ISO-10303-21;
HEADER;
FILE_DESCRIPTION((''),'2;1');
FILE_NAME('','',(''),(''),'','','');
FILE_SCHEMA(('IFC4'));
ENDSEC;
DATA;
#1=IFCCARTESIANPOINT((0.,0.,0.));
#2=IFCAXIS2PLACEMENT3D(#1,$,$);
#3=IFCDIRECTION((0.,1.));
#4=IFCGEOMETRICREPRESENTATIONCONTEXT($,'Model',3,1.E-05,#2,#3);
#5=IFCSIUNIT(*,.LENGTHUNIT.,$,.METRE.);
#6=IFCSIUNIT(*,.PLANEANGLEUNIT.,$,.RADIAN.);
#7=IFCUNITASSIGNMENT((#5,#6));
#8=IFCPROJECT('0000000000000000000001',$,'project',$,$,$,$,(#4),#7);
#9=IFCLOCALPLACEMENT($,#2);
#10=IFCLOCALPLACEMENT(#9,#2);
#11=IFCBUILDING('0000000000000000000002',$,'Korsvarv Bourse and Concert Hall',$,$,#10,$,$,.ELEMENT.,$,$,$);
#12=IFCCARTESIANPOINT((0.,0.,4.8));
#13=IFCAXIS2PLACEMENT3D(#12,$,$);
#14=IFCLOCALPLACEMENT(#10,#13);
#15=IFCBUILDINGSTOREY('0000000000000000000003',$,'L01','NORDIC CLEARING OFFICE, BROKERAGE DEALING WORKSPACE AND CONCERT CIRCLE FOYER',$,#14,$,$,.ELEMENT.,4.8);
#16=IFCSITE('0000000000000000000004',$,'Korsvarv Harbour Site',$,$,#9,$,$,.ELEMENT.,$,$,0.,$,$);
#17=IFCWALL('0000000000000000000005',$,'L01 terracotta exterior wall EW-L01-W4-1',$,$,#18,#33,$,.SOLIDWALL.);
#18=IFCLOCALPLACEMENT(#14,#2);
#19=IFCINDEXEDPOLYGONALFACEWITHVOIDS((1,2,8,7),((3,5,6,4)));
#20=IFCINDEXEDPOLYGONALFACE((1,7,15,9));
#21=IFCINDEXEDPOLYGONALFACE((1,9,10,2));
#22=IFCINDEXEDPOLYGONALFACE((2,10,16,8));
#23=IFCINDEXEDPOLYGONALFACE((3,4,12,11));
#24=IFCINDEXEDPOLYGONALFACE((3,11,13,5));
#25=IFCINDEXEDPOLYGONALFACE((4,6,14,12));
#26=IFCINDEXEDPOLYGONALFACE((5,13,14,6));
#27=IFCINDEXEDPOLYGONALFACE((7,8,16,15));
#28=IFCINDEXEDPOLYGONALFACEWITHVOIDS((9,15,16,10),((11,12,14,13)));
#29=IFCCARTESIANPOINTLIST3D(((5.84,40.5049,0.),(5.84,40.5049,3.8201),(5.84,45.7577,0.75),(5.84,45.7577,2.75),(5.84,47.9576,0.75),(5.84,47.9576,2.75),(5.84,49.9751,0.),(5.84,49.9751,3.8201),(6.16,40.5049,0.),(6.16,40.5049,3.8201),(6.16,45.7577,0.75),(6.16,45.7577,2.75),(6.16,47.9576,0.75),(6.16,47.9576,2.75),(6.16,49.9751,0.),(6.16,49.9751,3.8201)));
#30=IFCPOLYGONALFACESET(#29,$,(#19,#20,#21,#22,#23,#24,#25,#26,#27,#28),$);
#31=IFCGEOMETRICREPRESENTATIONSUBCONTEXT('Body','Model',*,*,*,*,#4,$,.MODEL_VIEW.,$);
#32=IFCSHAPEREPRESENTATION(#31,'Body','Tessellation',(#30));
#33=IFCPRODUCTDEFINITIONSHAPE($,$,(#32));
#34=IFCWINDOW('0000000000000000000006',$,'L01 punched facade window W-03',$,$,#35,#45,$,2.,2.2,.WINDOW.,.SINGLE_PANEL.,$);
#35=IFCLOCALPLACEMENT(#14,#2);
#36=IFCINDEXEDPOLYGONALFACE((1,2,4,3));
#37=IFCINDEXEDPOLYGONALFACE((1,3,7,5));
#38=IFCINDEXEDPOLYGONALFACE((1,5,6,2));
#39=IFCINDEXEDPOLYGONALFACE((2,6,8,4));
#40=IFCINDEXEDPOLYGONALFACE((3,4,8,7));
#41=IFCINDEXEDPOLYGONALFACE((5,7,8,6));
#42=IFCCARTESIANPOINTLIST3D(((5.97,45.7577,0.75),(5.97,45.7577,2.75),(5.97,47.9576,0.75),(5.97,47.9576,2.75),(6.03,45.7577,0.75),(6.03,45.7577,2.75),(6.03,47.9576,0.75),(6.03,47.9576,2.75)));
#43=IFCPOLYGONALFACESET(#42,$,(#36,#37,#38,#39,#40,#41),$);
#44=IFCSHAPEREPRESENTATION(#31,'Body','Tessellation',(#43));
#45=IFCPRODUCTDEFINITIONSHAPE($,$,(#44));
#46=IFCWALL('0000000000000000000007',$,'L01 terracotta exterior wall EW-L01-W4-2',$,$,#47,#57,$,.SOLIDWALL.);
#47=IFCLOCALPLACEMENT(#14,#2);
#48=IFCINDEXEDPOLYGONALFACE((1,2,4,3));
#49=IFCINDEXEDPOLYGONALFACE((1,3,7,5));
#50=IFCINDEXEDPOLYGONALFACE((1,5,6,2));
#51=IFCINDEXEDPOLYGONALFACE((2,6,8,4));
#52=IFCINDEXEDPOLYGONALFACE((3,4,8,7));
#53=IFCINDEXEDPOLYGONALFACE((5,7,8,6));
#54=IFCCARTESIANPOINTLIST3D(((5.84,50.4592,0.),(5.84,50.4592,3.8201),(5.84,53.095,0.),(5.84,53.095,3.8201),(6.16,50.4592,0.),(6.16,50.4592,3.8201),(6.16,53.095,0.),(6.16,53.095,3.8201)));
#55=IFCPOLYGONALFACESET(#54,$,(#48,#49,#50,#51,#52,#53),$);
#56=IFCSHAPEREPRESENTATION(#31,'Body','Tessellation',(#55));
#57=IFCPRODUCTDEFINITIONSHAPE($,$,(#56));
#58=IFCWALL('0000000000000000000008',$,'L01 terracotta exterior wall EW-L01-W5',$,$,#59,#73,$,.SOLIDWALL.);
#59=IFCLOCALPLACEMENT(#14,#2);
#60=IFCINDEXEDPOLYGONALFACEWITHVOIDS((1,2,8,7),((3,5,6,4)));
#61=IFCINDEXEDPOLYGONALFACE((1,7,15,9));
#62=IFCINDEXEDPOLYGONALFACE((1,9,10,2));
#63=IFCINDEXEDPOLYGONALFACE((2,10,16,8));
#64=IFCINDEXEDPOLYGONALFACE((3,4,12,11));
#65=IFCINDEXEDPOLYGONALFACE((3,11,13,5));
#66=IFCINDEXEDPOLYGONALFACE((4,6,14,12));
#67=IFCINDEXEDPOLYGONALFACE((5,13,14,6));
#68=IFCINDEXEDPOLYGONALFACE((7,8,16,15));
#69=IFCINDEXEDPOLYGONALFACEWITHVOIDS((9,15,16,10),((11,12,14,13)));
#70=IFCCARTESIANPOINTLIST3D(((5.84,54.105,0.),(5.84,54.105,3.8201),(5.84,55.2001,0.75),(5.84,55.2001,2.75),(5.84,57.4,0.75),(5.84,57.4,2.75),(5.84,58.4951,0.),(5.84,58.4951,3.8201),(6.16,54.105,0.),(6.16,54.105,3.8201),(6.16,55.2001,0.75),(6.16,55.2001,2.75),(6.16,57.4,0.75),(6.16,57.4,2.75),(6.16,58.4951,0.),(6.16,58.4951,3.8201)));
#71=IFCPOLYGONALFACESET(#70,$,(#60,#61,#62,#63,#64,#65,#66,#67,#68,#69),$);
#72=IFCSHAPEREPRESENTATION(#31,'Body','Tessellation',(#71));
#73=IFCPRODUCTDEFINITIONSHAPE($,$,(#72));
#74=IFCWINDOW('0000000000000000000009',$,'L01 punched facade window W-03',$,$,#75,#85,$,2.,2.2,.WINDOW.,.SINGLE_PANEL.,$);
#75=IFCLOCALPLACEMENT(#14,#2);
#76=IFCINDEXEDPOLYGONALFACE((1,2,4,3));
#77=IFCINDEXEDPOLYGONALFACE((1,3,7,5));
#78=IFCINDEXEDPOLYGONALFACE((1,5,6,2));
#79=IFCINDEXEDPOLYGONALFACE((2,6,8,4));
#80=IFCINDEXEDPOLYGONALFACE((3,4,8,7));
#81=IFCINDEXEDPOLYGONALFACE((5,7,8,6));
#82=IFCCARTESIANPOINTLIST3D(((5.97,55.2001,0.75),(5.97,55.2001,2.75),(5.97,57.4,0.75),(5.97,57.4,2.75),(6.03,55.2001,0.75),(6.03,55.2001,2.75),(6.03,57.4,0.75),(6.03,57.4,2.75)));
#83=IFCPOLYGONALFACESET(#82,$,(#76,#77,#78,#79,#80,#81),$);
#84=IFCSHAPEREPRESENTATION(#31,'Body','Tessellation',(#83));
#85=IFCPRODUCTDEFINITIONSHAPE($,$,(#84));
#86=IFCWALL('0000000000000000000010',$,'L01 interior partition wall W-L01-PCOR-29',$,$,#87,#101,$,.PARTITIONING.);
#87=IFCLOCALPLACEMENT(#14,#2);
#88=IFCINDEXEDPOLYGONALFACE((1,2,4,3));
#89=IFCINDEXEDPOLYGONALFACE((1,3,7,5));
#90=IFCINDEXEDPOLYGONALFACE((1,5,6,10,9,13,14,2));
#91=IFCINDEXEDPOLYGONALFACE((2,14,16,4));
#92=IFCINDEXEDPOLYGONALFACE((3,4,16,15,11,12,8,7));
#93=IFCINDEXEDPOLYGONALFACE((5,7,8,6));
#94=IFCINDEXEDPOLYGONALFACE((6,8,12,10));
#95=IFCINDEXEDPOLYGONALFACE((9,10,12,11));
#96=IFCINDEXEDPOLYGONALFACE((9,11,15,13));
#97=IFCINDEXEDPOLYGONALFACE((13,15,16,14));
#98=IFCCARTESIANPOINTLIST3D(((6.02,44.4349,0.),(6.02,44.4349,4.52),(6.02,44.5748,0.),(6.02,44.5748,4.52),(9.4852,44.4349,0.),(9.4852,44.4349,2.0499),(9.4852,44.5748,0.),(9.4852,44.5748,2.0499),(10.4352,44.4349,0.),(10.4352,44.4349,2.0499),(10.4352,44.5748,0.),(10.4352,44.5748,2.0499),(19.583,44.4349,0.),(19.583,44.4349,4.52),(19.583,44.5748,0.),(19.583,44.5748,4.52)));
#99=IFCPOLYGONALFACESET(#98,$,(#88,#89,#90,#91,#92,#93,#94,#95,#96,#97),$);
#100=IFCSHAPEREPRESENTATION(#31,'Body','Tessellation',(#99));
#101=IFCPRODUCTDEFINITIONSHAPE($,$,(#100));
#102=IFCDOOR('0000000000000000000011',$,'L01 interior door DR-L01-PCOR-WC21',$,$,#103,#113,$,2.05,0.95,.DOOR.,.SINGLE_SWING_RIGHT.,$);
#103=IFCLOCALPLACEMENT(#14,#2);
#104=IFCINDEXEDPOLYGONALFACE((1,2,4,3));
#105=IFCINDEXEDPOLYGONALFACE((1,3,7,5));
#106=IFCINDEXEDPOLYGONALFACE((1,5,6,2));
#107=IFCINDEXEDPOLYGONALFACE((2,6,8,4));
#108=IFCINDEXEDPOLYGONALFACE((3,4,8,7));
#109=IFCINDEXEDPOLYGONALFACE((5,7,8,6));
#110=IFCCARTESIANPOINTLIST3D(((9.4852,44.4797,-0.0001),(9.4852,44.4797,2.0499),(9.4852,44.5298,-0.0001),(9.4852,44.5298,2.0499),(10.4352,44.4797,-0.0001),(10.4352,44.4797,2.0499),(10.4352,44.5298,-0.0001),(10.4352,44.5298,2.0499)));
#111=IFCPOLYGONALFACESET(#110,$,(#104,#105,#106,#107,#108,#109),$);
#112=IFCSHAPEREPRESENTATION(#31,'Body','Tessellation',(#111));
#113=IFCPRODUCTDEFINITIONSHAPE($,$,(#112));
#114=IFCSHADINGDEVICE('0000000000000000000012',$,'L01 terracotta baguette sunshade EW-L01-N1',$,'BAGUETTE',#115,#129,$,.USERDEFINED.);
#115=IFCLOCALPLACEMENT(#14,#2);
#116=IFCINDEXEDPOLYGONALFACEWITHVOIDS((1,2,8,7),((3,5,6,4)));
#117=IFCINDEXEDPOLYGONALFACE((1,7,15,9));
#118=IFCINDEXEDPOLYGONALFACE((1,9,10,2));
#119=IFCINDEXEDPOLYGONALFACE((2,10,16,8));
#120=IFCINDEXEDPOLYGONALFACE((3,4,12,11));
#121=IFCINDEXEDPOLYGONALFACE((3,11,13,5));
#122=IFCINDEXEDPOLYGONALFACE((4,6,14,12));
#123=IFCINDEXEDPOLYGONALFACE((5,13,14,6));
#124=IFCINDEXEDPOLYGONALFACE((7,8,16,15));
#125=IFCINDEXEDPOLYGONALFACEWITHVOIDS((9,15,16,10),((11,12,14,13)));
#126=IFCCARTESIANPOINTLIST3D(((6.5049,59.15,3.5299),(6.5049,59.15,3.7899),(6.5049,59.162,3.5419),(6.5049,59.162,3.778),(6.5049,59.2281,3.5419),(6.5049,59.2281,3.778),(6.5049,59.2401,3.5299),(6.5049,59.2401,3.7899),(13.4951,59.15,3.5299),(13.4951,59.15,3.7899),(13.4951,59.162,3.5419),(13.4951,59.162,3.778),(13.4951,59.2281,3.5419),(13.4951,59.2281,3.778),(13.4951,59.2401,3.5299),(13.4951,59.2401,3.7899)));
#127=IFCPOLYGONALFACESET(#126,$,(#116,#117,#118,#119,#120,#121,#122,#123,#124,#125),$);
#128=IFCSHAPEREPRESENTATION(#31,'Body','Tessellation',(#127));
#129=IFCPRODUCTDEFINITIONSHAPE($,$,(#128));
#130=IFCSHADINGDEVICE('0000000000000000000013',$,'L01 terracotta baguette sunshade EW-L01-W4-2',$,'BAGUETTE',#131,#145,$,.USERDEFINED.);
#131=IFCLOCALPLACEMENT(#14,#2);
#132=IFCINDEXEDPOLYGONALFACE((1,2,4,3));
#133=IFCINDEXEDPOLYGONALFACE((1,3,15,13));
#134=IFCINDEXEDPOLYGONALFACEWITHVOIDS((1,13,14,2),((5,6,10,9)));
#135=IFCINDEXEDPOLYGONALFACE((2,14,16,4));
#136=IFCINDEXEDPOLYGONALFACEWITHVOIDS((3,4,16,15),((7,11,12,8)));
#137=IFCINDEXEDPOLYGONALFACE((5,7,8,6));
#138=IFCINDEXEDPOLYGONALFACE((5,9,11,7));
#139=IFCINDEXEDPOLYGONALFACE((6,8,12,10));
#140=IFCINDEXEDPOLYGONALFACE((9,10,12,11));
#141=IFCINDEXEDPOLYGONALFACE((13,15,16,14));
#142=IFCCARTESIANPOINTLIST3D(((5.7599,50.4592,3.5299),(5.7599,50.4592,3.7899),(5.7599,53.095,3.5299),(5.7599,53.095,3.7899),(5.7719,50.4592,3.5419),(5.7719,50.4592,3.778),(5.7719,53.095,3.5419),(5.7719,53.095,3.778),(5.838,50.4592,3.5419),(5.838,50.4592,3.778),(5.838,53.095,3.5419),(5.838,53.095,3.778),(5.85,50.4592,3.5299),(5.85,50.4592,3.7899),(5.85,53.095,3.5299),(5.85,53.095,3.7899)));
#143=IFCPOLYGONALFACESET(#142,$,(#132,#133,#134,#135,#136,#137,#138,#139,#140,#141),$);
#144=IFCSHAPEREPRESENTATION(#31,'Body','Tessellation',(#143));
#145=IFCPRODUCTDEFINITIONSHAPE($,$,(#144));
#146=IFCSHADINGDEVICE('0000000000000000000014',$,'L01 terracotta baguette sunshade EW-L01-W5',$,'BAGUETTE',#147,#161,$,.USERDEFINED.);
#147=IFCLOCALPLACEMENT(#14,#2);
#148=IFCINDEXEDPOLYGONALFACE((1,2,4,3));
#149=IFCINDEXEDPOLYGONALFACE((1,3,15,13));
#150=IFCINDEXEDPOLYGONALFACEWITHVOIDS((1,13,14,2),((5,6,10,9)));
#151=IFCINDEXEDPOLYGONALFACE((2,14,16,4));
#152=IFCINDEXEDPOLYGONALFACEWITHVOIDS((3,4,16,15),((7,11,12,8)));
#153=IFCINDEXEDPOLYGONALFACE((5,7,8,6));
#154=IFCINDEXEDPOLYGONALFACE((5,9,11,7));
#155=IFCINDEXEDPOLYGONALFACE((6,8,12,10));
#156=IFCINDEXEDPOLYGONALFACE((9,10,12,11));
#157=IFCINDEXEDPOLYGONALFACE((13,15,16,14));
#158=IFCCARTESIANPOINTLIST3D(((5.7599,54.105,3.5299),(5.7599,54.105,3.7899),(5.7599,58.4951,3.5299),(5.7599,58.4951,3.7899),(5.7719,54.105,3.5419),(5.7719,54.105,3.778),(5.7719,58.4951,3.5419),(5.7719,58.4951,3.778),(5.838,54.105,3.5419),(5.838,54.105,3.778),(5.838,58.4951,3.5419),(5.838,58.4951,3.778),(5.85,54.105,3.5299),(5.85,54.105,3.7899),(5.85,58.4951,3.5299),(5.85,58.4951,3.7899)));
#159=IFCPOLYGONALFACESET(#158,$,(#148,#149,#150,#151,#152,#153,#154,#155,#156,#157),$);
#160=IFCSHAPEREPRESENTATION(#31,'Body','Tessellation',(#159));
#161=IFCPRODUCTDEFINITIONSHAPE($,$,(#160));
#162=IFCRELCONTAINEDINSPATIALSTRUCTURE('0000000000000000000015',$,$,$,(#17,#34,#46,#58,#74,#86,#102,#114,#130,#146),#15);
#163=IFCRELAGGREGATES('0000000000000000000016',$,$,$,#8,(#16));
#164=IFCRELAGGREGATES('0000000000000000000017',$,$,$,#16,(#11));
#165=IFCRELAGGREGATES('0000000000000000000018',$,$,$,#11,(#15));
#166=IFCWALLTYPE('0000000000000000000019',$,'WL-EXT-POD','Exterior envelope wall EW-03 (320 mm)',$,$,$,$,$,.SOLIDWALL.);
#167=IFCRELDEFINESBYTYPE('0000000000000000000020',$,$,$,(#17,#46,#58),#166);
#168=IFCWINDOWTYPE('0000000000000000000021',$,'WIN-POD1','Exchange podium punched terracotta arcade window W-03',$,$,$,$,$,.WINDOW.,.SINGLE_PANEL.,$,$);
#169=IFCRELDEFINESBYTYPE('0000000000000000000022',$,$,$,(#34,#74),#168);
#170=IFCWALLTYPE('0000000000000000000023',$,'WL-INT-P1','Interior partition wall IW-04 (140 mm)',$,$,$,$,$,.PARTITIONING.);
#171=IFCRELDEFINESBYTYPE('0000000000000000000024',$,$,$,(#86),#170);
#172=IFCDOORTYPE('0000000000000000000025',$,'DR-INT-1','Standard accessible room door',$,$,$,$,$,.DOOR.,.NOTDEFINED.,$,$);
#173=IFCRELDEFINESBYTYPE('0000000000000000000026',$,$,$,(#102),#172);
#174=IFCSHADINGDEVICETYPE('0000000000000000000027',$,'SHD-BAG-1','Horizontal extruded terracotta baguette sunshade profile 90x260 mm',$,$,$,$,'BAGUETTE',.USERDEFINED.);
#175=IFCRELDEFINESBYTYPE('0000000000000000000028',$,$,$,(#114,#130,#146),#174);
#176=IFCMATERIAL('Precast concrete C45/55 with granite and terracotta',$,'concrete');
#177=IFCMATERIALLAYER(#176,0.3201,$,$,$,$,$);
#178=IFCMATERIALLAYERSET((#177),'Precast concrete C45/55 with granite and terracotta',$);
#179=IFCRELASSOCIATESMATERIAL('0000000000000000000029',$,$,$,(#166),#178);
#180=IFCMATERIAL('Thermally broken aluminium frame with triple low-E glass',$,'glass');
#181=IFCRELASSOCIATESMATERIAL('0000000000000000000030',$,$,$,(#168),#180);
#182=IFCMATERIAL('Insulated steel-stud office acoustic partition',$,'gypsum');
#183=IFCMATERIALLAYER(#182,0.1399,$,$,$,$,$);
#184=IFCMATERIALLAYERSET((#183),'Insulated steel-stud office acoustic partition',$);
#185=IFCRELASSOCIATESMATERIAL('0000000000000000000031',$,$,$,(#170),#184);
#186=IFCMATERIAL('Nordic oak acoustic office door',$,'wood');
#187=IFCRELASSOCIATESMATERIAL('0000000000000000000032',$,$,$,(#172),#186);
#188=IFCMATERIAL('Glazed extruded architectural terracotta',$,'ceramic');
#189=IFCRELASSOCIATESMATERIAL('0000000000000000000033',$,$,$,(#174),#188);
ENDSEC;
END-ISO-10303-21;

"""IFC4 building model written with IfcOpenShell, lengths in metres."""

from ifc_helpers import new_model, si_unit, direction, frame, frame_2d, origin, origin_2d, place, context, subcontext, project, spatial, rectangle, hollow_rectangle, extrude, source, transform, mapped, material, layer, layer_set, material_profile, profile_set, type_object, element, fill, save


model = new_model("IFC4")

# Units and contexts
model_context = context("Model", 3, precision=1e-05, world=origin(), true_north=direction((0.0, 1.0)))
body_context = subcontext(model_context, "Body", "Model", "MODEL_VIEW")
ifc_project = project(units=[si_unit("LENGTHUNIT", "METRE"), si_unit("PLANEANGLEUNIT", "RADIAN")], contexts=[model_context])

# Site, building, storey
site_placement = place(None, origin())
site = spatial("IfcSite", under=ifc_project, at=site_placement, Name="Korsvarv Harbour Site", CompositionType="ELEMENT", RefElevation=0.0)
building_placement = place(site_placement, origin())
building = spatial("IfcBuilding", under=site, at=building_placement, Name="Korsvarv Bourse and Concert Hall", CompositionType="ELEMENT")
storey_placement = place(building_placement, frame((0.0, 0.0, 4.8)))
storey = spatial("IfcBuildingStorey", under=building, at=storey_placement, Name="L01", Description="NORDIC CLEARING OFFICE, BROKERAGE DEALING WORKSPACE AND CONCERT CIRCLE FOYER", CompositionType="ELEMENT", Elevation=4.8)

# Wall, opening, window
ifc_material_1 = material(Name="Precast concrete C45/55 with granite and terracotta", Category="concrete")
ifc_layer_1 = layer(ifc_material_1, 0.3201)
ifc_layer_set_1 = layer_set([ifc_layer_1], Name="Precast concrete C45/55 with granite and terracotta")
wall_type_1 = type_object("IfcWallType", Name="WL-EXT-POD", Description="Exterior envelope wall EW-03 (320 mm)", PredefinedType="SOLIDWALL", material=ifc_layer_set_1)
ifc_material_2 = material(Name="Thermally broken aluminium frame with triple low-E glass", Category="glass")
window_type = type_object("IfcWindowType", Name="WIN-POD1", Description="Exchange podium punched terracotta arcade window W-03", PartitioningType="SINGLE_PANEL", PredefinedType="WINDOW", material=ifc_material_2)
wall_1_placement = place(storey_placement, frame((6.0, 40.5049, 0.0), z_axis=(0.0, 0.0, 1.0), x_axis=(0.0, 1.0, 0.0)))
wall_1 = element("IfcWall", 1, at=wall_1_placement, inside=storey, type_object=wall_type_1, Name="L01 terracotta exterior wall EW-L01-W4-1", PredefinedType="SOLIDWALL", context=body_context, shape_type="SweptSolid", body=[
    extrude(rectangle(XDim=9.4702, YDim=0.3201, at=frame_2d((4.7351, 0.0))), origin(), (0.0, 0.0, 1.0), 3.8201),
])
opening_1_placement = place(wall_1_placement, frame((5.2527, 0.0, 0.75)))
opening_1 = element("IfcOpeningElement", 2, at=opening_1_placement, cuts=wall_1, PredefinedType="OPENING", context=body_context, shape_type="SweptSolid", body=[
    extrude(rectangle(XDim=2.2, YDim=2.0, at=frame_2d((1.1001, 1.0))), frame((0.0, 0.1699, 0.0), z_axis=(0.0, -1.0, 0.0), x_axis=(1.0, 0.0, 0.0)), (0.0, 0.0, 1.0), 0.3401),
])
window_1_placement = place(opening_1_placement, origin())
window_1 = element("IfcWindow", 3, at=window_1_placement, inside=storey, type_object=window_type, Name="L01 punched facade window W-03", OverallHeight=2.0, OverallWidth=2.2, PartitioningType="SINGLE_PANEL", PredefinedType="WINDOW", context=body_context, shape_type="SweptSolid", body=[
    extrude(rectangle(XDim=2.2, YDim=2.0, at=frame_2d((1.1001, 1.0))), frame((0.0, 0.03, 0.0), z_axis=(0.0, -1.0, 0.0), x_axis=(1.0, 0.0, 0.0)), (0.0, 0.0, 1.0), 0.0601),
])
fill(opening_1, window_1)

# Wall
wall_2_placement = place(storey_placement, frame((6.0, 50.4592, 0.0), z_axis=(0.0, 0.0, 1.0), x_axis=(0.0, 1.0, 0.0)))
element("IfcWall", 4, at=wall_2_placement, inside=storey, type_object=wall_type_1, Name="L01 terracotta exterior wall EW-L01-W4-2", PredefinedType="SOLIDWALL", context=body_context, shape_type="SweptSolid", body=[
    extrude(rectangle(XDim=2.6357, YDim=0.3201, at=frame_2d((1.3179, 0.0))), origin(), (0.0, 0.0, 1.0), 3.8201),
])

# Wall, opening, window
wall_3_placement = place(storey_placement, frame((6.0, 54.105, 0.0), z_axis=(0.0, 0.0, 1.0), x_axis=(0.0, 1.0, 0.0)))
wall_3 = element("IfcWall", 5, at=wall_3_placement, inside=storey, type_object=wall_type_1, Name="L01 terracotta exterior wall EW-L01-W5", PredefinedType="SOLIDWALL", context=body_context, shape_type="SweptSolid", body=[
    extrude(rectangle(XDim=4.3901, YDim=0.3201, at=frame_2d((2.1951, 0.0))), origin(), (0.0, 0.0, 1.0), 3.8201),
])
opening_2_placement = place(wall_3_placement, frame((1.095, 0.0, 0.75)))
opening_2 = element("IfcOpeningElement", 6, at=opening_2_placement, cuts=wall_3, PredefinedType="OPENING", context=body_context, shape_type="SweptSolid", body=[
    extrude(rectangle(XDim=2.2, YDim=2.0, at=frame_2d((1.1001, 1.0))), frame((0.0, 0.1699, 0.0), z_axis=(0.0, -1.0, 0.0), x_axis=(1.0, 0.0, 0.0)), (0.0, 0.0, 1.0), 0.3401),
])
window_2_placement = place(opening_2_placement, origin())
window_2 = element("IfcWindow", 7, at=window_2_placement, inside=storey, type_object=window_type, Name="L01 punched facade window W-03", OverallHeight=2.0, OverallWidth=2.2, PartitioningType="SINGLE_PANEL", PredefinedType="WINDOW", context=body_context, shape_type="SweptSolid", body=[
    extrude(rectangle(XDim=2.2, YDim=2.0, at=frame_2d((1.1001, 1.0))), frame((0.0, 0.03, 0.0), z_axis=(0.0, -1.0, 0.0), x_axis=(1.0, 0.0, 0.0)), (0.0, 0.0, 1.0), 0.0601),
])
fill(opening_2, window_2)

# Wall, opening, door
ifc_material_3 = material(Name="Insulated steel-stud office acoustic partition", Category="gypsum")
ifc_layer_2 = layer(ifc_material_3, 0.1399)
ifc_layer_set_2 = layer_set([ifc_layer_2], Name="Insulated steel-stud office acoustic partition")
wall_type_2 = type_object("IfcWallType", Name="WL-INT-P1", Description="Interior partition wall IW-04 (140 mm)", PredefinedType="PARTITIONING", material=ifc_layer_set_2)
wall_4_placement = place(storey_placement, frame((6.02, 44.5049, 0.0), z_axis=(0.0, 0.0, 1.0), x_axis=(1.0, 0.0, 0.0)))
wall_4 = element("IfcWall", 8, at=wall_4_placement, inside=storey, type_object=wall_type_2, Name="L01 interior partition wall W-L01-PCOR-29", PredefinedType="PARTITIONING", context=body_context, shape_type="SweptSolid", body=[
    extrude(rectangle(XDim=13.563, YDim=0.1399, at=frame_2d((6.7815, 0.0))), origin(), (0.0, 0.0, 1.0), 4.52),
])
opening_3_placement = place(wall_4_placement, frame((3.4651, 0.0, 0.0)))
opening_3 = element("IfcOpeningElement", 9, at=opening_3_placement, cuts=wall_4, PredefinedType="OPENING", context=body_context, shape_type="SweptSolid", body=[
    extrude(rectangle(XDim=0.95, YDim=2.05, at=frame_2d((0.4751, 1.0249))), frame((0.0, 0.0801, 0.0), z_axis=(0.0, -1.0, 0.0), x_axis=(1.0, 0.0, 0.0)), (0.0, 0.0, 1.0), 0.1599),
])
ifc_material_4 = material(Name="Nordic oak acoustic office door", Category="wood")
door_type = type_object("IfcDoorType", Name="DR-INT-1", Description="Standard accessible room door", OperationType="NOTDEFINED", PredefinedType="DOOR", material=ifc_material_4)
door_placement = place(opening_3_placement, origin())
door = element("IfcDoor", 10, at=door_placement, inside=storey, type_object=door_type, Name="L01 interior door DR-L01-PCOR-WC21", OperationType="SINGLE_SWING_RIGHT", OverallHeight=2.05, OverallWidth=0.95, PredefinedType="DOOR", context=body_context, shape_type="SweptSolid", body=[
    extrude(rectangle(XDim=0.95, YDim=2.05, at=frame_2d((0.4751, 1.0249))), frame((0.0, 0.0249, 0.0), z_axis=(0.0, -1.0, 0.0), x_axis=(1.0, 0.0, 0.0)), (0.0, 0.0, 1.0), 0.05),
])
fill(opening_3, door)

# Shading devices
ifc_material_5 = material(Name="Glazed extruded architectural terracotta", Category="ceramic")
ifc_material_profile_1 = material_profile(ifc_material_5, hollow_rectangle(XDim=0.0901, YDim=0.26, WallThickness=0.012, at=origin_2d()), Name="TC-BAG 90x260")
ifc_profile_set_1 = profile_set([ifc_material_profile_1], Name="Glazed extruded architectural terracotta")
shading_device_type = type_object("IfcShadingDeviceType", Name="SHD-BAG-1", Description="Horizontal extruded terracotta baguette sunshade profile 90x260 mm", ElementType="BAGUETTE", PredefinedType="USERDEFINED", material=ifc_profile_set_1)
shared_shape_1 = source(origin(), body_context, "Body", "SweptSolid", [
    extrude(hollow_rectangle(XDim=0.0901, YDim=0.26, WallThickness=0.012, at=origin_2d()), origin(), (0.0, 0.0, 1.0), 6.9902),
])
shading_device_1_placement = place(storey_placement, frame((6.5049, 59.1951, 3.6599), z_axis=(1.0, 0.0, 0.0), x_axis=(0.0, 1.0, 0.0)))
element("IfcShadingDevice", 11, at=shading_device_1_placement, inside=storey, type_object=shading_device_type, Name="L01 terracotta baguette sunshade EW-L01-N1", ObjectType="BAGUETTE", PredefinedType="USERDEFINED", context=body_context, shape_type="MappedRepresentation", body=[
    mapped(shared_shape_1, transform((0.0, 0.0, 0.0), scale=1.0)),
])
shared_shape_2 = source(origin(), body_context, "Body", "SweptSolid", [
    extrude(hollow_rectangle(XDim=0.0901, YDim=0.26, WallThickness=0.012, at=origin_2d()), origin(), (0.0, 0.0, 1.0), 2.6357),
])
shading_device_2_placement = place(storey_placement, frame((5.8049, 50.4592, 3.6599), z_axis=(0.0, 1.0, 0.0), x_axis=(-1.0, 0.0, 0.0)))
element("IfcShadingDevice", 12, at=shading_device_2_placement, inside=storey, type_object=shading_device_type, Name="L01 terracotta baguette sunshade EW-L01-W4-2", ObjectType="BAGUETTE", PredefinedType="USERDEFINED", context=body_context, shape_type="MappedRepresentation", body=[
    mapped(shared_shape_2, transform((0.0, 0.0, 0.0), scale=1.0)),
])
shared_shape_3 = source(origin(), body_context, "Body", "SweptSolid", [
    extrude(hollow_rectangle(XDim=0.0901, YDim=0.26, WallThickness=0.012, at=origin_2d()), origin(), (0.0, 0.0, 1.0), 4.3901),
])
shading_device_3_placement = place(storey_placement, frame((5.8049, 54.105, 3.6599), z_axis=(0.0, 1.0, 0.0), x_axis=(-1.0, 0.0, 0.0)))
element("IfcShadingDevice", 13, at=shading_device_3_placement, inside=storey, type_object=shading_device_type, Name="L01 terracotta baguette sunshade EW-L01-W5", ObjectType="BAGUETTE", PredefinedType="USERDEFINED", context=body_context, shape_type="MappedRepresentation", body=[
    mapped(shared_shape_3, transform((0.0, 0.0, 0.0), scale=1.0)),
])

save(model, "model.ifc")
